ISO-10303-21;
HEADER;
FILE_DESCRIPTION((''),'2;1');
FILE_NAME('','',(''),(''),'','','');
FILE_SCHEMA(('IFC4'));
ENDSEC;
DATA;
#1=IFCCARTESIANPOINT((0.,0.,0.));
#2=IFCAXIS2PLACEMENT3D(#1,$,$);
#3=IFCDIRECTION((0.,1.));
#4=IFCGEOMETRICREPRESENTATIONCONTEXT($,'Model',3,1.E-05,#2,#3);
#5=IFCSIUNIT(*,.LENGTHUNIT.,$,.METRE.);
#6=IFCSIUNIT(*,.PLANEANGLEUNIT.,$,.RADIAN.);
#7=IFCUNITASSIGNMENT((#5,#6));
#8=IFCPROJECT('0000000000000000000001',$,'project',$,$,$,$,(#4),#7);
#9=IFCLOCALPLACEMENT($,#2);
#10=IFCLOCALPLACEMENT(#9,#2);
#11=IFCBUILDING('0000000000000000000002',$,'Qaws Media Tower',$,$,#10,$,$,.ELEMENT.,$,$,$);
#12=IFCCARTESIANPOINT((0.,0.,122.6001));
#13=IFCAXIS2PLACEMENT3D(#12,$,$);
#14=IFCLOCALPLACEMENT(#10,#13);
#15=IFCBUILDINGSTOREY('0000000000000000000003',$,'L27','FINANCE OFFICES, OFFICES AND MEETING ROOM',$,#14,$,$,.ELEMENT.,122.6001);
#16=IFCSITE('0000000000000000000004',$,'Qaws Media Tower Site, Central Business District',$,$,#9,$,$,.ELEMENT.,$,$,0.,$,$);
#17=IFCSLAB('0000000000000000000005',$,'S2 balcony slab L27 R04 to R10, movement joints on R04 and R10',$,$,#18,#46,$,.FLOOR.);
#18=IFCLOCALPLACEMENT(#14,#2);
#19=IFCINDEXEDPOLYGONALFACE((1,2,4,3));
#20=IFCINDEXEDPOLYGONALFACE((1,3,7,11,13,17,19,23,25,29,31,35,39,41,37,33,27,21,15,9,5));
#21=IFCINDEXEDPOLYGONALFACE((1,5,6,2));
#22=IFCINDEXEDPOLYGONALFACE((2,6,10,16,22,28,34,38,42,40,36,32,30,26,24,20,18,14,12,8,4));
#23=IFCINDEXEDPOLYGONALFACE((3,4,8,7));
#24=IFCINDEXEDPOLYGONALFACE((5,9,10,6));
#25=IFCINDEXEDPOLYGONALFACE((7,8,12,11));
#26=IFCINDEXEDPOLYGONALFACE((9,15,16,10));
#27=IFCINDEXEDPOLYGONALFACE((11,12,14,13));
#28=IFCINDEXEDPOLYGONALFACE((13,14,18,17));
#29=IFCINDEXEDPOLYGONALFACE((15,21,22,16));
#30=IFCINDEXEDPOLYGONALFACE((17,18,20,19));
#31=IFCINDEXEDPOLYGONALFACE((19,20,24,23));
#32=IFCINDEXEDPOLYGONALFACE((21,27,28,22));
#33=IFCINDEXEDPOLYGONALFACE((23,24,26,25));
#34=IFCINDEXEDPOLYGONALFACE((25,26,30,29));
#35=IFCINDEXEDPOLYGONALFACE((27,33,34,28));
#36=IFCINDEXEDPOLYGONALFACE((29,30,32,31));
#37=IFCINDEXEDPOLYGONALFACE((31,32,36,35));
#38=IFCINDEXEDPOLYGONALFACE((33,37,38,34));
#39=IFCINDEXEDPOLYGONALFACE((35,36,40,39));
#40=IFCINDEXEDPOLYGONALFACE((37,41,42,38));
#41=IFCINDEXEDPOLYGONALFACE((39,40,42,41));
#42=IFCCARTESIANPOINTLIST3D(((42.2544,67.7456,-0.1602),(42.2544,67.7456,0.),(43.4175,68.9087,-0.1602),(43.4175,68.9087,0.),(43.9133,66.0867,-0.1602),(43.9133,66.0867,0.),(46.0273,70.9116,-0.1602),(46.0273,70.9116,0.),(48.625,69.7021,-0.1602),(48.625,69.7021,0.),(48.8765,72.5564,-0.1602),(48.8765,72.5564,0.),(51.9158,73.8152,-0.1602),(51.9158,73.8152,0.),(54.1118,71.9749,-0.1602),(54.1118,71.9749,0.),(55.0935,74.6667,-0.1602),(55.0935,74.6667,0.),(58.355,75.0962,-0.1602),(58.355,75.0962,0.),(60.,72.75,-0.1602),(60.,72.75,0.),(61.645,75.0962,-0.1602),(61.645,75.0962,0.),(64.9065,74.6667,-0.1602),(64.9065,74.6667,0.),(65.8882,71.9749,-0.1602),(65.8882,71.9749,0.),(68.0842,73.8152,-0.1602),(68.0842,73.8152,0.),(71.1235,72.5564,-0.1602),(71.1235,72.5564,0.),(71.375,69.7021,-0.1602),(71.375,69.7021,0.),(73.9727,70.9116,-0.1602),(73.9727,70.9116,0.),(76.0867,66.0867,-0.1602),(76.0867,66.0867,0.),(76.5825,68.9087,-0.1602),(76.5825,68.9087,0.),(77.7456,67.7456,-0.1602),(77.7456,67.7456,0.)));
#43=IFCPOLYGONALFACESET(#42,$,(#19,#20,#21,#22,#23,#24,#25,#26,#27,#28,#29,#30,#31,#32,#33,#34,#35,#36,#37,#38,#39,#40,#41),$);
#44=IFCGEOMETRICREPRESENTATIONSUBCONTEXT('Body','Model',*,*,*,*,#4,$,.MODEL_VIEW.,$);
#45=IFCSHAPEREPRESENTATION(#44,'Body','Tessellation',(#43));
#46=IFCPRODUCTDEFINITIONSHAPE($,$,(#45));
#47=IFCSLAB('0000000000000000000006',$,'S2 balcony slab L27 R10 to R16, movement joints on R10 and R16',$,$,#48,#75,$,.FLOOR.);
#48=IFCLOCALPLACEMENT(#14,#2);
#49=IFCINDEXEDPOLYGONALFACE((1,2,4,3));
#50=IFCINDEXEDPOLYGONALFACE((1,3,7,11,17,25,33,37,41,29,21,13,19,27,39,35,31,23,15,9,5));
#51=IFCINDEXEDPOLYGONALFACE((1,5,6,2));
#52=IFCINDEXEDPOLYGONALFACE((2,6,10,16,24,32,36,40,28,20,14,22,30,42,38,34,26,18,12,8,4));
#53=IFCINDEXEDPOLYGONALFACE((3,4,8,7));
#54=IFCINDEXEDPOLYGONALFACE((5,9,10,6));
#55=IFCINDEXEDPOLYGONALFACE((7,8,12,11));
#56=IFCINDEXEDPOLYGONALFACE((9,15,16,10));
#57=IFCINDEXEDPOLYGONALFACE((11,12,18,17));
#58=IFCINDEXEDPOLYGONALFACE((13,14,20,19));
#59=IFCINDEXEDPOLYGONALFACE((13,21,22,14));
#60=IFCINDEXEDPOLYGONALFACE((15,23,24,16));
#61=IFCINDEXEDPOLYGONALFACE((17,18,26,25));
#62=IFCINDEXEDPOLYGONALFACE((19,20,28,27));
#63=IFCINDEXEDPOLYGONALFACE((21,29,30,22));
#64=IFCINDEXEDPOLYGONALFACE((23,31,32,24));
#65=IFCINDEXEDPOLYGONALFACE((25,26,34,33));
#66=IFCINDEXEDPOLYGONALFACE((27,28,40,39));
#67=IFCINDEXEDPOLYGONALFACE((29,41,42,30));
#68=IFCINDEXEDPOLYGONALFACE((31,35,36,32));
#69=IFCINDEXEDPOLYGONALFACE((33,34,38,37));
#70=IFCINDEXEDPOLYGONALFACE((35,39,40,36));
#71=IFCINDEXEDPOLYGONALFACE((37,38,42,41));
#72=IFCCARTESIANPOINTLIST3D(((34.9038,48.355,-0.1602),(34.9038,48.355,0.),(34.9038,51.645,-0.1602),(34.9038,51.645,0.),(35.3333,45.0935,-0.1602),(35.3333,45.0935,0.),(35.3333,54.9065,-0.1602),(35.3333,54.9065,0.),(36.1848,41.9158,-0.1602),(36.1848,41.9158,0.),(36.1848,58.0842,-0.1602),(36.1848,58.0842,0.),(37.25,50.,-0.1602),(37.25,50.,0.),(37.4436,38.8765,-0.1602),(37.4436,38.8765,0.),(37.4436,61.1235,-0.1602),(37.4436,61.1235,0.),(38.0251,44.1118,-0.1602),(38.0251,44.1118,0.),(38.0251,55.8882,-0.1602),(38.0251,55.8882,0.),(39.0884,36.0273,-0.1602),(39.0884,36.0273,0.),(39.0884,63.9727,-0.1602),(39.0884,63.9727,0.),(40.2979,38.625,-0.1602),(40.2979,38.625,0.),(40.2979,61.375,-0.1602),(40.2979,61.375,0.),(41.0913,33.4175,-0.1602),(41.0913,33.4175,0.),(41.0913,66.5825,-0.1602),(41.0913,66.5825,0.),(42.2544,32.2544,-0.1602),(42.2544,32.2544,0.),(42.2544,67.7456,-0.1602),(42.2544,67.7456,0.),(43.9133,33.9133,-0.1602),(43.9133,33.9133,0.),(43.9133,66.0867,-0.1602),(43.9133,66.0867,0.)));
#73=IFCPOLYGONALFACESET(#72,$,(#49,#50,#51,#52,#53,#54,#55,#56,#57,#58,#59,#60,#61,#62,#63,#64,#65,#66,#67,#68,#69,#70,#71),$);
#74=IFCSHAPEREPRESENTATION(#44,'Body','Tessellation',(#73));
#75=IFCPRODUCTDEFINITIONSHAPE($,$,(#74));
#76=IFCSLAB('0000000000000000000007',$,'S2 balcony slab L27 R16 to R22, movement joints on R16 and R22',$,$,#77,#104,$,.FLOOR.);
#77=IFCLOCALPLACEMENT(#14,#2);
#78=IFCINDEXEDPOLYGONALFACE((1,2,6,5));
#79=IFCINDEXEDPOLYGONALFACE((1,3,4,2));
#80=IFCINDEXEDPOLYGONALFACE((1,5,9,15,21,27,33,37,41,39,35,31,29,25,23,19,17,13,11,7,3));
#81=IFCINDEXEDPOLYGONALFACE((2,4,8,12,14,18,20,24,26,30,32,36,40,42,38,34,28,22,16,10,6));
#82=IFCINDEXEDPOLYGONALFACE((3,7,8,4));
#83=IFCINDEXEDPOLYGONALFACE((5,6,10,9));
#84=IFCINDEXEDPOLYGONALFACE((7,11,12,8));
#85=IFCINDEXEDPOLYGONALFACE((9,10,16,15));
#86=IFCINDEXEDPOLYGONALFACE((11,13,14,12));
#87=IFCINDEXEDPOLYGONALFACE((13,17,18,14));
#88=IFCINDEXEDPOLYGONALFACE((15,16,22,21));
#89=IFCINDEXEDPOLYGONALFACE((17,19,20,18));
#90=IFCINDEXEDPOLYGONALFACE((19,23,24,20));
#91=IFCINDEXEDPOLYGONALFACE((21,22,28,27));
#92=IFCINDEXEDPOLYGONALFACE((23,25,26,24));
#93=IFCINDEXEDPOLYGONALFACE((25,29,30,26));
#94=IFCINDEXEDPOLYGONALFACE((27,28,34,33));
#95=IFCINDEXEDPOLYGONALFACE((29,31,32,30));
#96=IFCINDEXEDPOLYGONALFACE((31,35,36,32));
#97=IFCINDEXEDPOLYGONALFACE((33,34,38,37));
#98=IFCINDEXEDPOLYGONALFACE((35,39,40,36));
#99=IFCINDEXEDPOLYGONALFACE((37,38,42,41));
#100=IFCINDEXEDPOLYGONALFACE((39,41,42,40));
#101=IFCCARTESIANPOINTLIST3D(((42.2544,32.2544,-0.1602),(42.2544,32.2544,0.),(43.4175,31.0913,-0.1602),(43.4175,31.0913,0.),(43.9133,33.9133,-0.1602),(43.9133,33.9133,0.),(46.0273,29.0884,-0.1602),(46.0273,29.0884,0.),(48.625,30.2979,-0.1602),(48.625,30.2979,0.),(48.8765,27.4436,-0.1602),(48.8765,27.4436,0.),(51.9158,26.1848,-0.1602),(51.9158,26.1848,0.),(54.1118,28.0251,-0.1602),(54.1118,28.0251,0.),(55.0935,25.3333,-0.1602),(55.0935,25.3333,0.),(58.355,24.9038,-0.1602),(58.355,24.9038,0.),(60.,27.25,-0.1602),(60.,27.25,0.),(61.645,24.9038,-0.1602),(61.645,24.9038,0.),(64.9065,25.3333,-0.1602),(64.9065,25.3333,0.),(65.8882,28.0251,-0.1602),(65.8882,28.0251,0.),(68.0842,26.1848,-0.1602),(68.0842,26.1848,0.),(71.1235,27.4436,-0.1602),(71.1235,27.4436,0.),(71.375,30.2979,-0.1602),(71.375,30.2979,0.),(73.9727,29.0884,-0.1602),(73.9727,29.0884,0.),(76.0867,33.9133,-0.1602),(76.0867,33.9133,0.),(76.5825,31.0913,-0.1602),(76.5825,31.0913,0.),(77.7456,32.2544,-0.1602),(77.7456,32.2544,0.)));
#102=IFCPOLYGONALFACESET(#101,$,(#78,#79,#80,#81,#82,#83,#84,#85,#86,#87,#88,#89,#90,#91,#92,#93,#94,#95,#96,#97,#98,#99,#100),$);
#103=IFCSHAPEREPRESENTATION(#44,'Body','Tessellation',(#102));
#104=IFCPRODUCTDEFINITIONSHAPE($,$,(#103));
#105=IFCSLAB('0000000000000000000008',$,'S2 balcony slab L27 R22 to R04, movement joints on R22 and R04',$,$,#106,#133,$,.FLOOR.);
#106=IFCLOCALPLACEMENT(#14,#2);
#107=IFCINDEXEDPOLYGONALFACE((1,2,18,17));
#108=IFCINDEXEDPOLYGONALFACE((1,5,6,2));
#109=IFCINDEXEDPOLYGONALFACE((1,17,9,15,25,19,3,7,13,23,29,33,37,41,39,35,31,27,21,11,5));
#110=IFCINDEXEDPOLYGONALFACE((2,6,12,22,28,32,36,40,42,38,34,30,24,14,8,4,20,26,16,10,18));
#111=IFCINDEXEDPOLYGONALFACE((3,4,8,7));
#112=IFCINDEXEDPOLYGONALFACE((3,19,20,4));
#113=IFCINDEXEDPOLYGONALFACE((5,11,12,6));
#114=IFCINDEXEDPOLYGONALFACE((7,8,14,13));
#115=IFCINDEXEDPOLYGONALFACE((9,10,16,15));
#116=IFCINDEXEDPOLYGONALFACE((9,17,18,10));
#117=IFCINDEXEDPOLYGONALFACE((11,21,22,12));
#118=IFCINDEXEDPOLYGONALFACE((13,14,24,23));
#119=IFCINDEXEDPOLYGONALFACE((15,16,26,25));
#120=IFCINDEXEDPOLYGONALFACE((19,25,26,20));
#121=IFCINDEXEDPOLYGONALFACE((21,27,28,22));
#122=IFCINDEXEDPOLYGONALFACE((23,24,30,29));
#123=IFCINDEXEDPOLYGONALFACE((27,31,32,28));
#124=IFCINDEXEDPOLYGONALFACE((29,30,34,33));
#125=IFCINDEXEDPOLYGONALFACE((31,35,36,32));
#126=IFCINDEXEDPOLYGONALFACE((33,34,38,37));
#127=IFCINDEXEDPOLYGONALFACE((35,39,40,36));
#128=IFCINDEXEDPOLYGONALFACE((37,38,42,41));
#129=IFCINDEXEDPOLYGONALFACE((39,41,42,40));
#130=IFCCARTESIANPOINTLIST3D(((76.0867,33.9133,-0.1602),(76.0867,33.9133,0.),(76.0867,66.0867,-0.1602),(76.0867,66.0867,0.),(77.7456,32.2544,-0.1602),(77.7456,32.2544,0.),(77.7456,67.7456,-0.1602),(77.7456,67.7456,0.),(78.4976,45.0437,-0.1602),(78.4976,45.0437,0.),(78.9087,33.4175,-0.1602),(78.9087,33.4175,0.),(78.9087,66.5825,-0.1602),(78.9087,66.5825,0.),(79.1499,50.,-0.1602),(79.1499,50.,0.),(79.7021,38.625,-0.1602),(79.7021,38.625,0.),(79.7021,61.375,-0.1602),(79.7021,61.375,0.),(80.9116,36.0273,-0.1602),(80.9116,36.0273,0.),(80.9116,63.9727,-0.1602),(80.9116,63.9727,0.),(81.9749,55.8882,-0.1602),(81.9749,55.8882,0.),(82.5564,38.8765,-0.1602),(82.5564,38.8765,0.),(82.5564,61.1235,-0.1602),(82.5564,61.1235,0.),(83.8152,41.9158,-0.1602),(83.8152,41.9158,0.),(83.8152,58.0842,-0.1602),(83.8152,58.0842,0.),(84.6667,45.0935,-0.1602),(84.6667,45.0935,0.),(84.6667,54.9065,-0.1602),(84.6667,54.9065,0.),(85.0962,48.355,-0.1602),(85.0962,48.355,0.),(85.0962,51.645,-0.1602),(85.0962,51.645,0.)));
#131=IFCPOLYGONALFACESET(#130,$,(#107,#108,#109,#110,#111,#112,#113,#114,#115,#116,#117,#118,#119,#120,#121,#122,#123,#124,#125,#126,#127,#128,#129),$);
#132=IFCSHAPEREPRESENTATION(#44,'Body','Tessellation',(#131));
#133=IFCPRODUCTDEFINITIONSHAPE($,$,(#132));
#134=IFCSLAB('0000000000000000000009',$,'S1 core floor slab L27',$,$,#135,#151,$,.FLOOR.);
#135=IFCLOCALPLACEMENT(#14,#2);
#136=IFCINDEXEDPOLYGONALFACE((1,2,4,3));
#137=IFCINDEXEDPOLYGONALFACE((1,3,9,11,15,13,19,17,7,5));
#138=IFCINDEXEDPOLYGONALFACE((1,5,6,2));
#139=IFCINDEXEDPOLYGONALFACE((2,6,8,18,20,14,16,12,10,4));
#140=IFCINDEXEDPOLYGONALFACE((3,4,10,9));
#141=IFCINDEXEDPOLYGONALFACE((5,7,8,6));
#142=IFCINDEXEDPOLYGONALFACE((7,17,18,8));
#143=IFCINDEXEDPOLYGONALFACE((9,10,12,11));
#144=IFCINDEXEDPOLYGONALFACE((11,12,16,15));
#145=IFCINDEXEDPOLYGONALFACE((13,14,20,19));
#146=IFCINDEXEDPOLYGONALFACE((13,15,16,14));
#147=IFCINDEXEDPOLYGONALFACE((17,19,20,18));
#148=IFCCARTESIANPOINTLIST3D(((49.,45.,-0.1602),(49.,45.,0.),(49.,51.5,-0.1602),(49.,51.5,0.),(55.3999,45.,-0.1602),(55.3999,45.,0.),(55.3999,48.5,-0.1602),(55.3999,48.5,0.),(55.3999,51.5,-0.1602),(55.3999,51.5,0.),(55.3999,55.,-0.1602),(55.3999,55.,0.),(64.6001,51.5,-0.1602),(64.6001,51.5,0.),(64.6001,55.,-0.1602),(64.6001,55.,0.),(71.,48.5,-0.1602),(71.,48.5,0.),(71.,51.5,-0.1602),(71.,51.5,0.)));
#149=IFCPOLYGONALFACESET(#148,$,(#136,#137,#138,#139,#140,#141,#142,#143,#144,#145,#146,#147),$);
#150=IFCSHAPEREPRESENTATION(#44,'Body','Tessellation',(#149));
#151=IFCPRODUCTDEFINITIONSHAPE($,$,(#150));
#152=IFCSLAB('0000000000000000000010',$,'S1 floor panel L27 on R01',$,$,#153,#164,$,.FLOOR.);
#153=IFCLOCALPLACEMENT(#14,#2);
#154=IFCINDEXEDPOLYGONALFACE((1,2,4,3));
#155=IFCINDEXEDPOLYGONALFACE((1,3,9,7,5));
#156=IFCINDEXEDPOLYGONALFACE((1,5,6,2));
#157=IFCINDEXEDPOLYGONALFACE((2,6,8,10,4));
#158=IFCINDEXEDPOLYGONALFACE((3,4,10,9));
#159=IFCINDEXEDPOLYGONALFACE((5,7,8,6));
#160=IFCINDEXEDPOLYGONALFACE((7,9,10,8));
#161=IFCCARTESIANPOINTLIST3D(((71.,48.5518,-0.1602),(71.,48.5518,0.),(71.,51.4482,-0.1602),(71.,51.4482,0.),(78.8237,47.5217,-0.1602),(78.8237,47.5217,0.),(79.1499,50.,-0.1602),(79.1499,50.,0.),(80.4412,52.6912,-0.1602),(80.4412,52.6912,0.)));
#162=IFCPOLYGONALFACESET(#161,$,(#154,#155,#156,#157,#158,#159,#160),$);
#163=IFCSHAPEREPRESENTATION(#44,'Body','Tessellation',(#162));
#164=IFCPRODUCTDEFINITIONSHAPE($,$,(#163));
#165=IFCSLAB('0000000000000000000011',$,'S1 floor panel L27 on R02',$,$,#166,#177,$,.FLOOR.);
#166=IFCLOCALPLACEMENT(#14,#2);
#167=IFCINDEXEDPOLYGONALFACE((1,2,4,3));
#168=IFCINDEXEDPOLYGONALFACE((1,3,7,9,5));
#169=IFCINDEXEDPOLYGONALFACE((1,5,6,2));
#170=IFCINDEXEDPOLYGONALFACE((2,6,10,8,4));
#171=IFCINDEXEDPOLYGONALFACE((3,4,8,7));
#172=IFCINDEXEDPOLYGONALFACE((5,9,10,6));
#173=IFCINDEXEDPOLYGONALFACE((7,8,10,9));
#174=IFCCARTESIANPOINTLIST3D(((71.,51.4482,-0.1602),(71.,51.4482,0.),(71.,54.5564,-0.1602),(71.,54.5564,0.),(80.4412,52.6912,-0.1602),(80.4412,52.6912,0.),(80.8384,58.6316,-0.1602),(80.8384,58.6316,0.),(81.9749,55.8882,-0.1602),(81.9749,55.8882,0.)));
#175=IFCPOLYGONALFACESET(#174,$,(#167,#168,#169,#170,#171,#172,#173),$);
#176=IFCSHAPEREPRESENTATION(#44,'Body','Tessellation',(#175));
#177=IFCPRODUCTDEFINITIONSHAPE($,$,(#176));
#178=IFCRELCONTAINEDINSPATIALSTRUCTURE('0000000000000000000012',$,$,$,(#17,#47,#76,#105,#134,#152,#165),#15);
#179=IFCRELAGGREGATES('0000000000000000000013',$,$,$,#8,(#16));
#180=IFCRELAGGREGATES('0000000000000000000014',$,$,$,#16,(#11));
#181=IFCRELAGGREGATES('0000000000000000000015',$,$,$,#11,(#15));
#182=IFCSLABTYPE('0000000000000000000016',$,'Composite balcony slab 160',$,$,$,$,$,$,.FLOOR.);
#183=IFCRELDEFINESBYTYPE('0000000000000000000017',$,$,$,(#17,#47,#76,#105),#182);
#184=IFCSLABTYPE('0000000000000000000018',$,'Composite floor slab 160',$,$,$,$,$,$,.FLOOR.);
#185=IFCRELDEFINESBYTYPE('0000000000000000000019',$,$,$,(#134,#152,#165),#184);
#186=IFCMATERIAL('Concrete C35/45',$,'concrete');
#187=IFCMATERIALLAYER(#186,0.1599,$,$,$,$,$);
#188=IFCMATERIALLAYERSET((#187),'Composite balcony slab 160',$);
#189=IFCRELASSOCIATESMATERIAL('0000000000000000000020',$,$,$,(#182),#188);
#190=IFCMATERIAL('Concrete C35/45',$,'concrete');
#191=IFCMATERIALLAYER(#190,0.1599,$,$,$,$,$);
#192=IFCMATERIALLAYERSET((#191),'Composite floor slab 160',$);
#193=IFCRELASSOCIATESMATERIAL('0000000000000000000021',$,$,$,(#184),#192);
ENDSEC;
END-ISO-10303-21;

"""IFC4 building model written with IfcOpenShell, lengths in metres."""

from ifc_helpers import new_model, si_unit, direction, frame, origin, place, context, subcontext, project, spatial, polyline, outline, extrude, material, layer, layer_set, type_object, element, save


model = new_model("IFC4")

# Units and contexts
model_context = context("Model", 3, precision=1e-05, world=origin(), true_north=direction((0.0, 1.0)))
body_context = subcontext(model_context, "Body", "Model", "MODEL_VIEW")
ifc_project = project(units=[si_unit("LENGTHUNIT", "METRE"), si_unit("PLANEANGLEUNIT", "RADIAN")], contexts=[model_context])

# Site, building, storey
site_placement = place(None, origin())
site = spatial("IfcSite", under=ifc_project, at=site_placement, Name="Qaws Media Tower Site, Central Business District", CompositionType="ELEMENT", RefElevation=0.0)
building_placement = place(site_placement, origin())
building = spatial("IfcBuilding", under=site, at=building_placement, Name="Qaws Media Tower", CompositionType="ELEMENT")
storey_placement = place(building_placement, frame((0.0, 0.0, 122.6001)))
storey = spatial("IfcBuildingStorey", under=building, at=storey_placement, Name="L27", Description="FINANCE OFFICES, OFFICES AND MEETING ROOM", CompositionType="ELEMENT", Elevation=122.6001)

# Slabs
ifc_material_1 = material(Name="Concrete C35/45", Category="concrete")
ifc_layer_1 = layer(ifc_material_1, 0.1599)
ifc_layer_set_1 = layer_set([ifc_layer_1], Name="Composite balcony slab 160")
slab_type_1 = type_object("IfcSlabType", Name="Composite balcony slab 160", PredefinedType="FLOOR", material=ifc_layer_set_1)
slab_1_placement = place(storey_placement, frame((0.0, 0.0, -0.1602)))
element("IfcSlab", 1, at=slab_1_placement, inside=storey, type_object=slab_type_1, Name="S2 balcony slab L27 R04 to R10, movement joints on R04 and R10", PredefinedType="FLOOR", context=body_context, shape_type="SweptSolid", body=[
    extrude(outline(polyline([(43.4175, 68.9087), (46.0273, 70.9116), (48.8765, 72.5564), (51.9158, 73.8152), (55.0935, 74.6667), (58.355, 75.0962), (61.645, 75.0962), (64.9065, 74.6667), (68.0842, 73.8152), (71.1235, 72.5564), (73.9727, 70.9116), (76.5825, 68.9087), (77.7456, 67.7456), (76.0867, 66.0867), (71.375, 69.7021), (65.8882, 71.9749), (60.0, 72.75), (54.1118, 71.9749), (48.625, 69.7021), (43.9133, 66.0867), (42.2544, 67.7456), (43.4175, 68.9087)])), origin(), (0.0, 0.0, 1.0), 0.1602),
])
slab_2_placement = place(storey_placement, frame((0.0, 0.0, -0.1602)))
element("IfcSlab", 2, at=slab_2_placement, inside=storey, type_object=slab_type_1, Name="S2 balcony slab L27 R10 to R16, movement joints on R10 and R16", PredefinedType="FLOOR", context=body_context, shape_type="SweptSolid", body=[
    extrude(outline(polyline([(41.0913, 33.4175), (39.0884, 36.0273), (37.4436, 38.8765), (36.1848, 41.9158), (35.3333, 45.0935), (34.9038, 48.355), (34.9038, 51.645), (35.3333, 54.9065), (36.1848, 58.0842), (37.4436, 61.1235), (39.0884, 63.9727), (41.0913, 66.5825), (42.2544, 67.7456), (43.9133, 66.0867), (40.2979, 61.375), (38.0251, 55.8882), (37.25, 50.0), (38.0251, 44.1118), (40.2979, 38.625), (43.9133, 33.9133), (42.2544, 32.2544), (41.0913, 33.4175)])), origin(), (0.0, 0.0, 1.0), 0.1602),
])
slab_3_placement = place(storey_placement, frame((0.0, 0.0, -0.1602)))
element("IfcSlab", 3, at=slab_3_placement, inside=storey, type_object=slab_type_1, Name="S2 balcony slab L27 R16 to R22, movement joints on R16 and R22", PredefinedType="FLOOR", context=body_context, shape_type="SweptSolid", body=[
    extrude(outline(polyline([(76.5825, 31.0913), (73.9727, 29.0884), (71.1235, 27.4436), (68.0842, 26.1848), (64.9065, 25.3333), (61.645, 24.9038), (58.355, 24.9038), (55.0935, 25.3333), (51.9158, 26.1848), (48.8765, 27.4436), (46.0273, 29.0884), (43.4175, 31.0913), (42.2544, 32.2544), (43.9133, 33.9133), (48.625, 30.2979), (54.1118, 28.0251), (60.0, 27.25), (65.8882, 28.0251), (71.375, 30.2979), (76.0867, 33.9133), (77.7456, 32.2544), (76.5825, 31.0913)])), origin(), (0.0, 0.0, 1.0), 0.1602),
])
slab_4_placement = place(storey_placement, frame((0.0, 0.0, -0.1602)))
element("IfcSlab", 4, at=slab_4_placement, inside=storey, type_object=slab_type_1, Name="S2 balcony slab L27 R22 to R04, movement joints on R22 and R04", PredefinedType="FLOOR", context=body_context, shape_type="SweptSolid", body=[
    extrude(outline(polyline([(84.6667, 45.0935), (83.8152, 41.9158), (82.5564, 38.8765), (80.9116, 36.0273), (78.9087, 33.4175), (77.7456, 32.2544), (76.0867, 33.9133), (79.7021, 38.625), (78.4976, 45.0437), (79.1499, 50.0), (81.9749, 55.8882), (79.7021, 61.375), (76.0867, 66.0867), (77.7456, 67.7456), (78.9087, 66.5825), (80.9116, 63.9727), (82.5564, 61.1235), (83.8152, 58.0842), (84.6667, 54.9065), (85.0962, 51.645), (85.0962, 48.355), (84.6667, 45.0935)])), origin(), (0.0, 0.0, 1.0), 0.1602),
])
ifc_material_2 = material(Name="Concrete C35/45", Category="concrete")
ifc_layer_2 = layer(ifc_material_2, 0.1599)
ifc_layer_set_2 = layer_set([ifc_layer_2], Name="Composite floor slab 160")
slab_type_2 = type_object("IfcSlabType", Name="Composite floor slab 160", PredefinedType="FLOOR", material=ifc_layer_set_2)
slab_5_placement = place(storey_placement, frame((0.0, 0.0, -0.1602)))
element("IfcSlab", 5, at=slab_5_placement, inside=storey, type_object=slab_type_2, Name="S1 core floor slab L27", PredefinedType="FLOOR", context=body_context, shape_type="SweptSolid", body=[
    extrude(outline(polyline([(71.0, 51.5), (71.0, 48.5), (55.3999, 48.5), (55.3999, 45.0), (49.0, 45.0), (49.0, 51.5), (55.3999, 51.5), (55.3999, 55.0), (64.6001, 55.0), (64.6001, 51.5), (71.0, 51.5)])), origin(), (0.0, 0.0, 1.0), 0.1602),
])
slab_6_placement = place(storey_placement, frame((0.0, 0.0, -0.1602)))
element("IfcSlab", 6, at=slab_6_placement, inside=storey, type_object=slab_type_2, Name="S1 floor panel L27 on R01", PredefinedType="FLOOR", context=body_context, shape_type="SweptSolid", body=[
    extrude(outline(polyline([(79.1499, 50.0), (78.8237, 47.5217), (71.0, 48.5518), (71.0, 51.4482), (80.4412, 52.6912), (79.1499, 50.0)])), origin(), (0.0, 0.0, 1.0), 0.1602),
])
slab_7_placement = place(storey_placement, frame((0.0, 0.0, -0.1602)))
element("IfcSlab", 7, at=slab_7_placement, inside=storey, type_object=slab_type_2, Name="S1 floor panel L27 on R02", PredefinedType="FLOOR", context=body_context, shape_type="SweptSolid", body=[
    extrude(outline(polyline([(81.9749, 55.8882), (80.4412, 52.6912), (71.0, 51.4482), (71.0, 54.5564), (80.8384, 58.6316), (81.9749, 55.8882)])), origin(), (0.0, 0.0, 1.0), 0.1602),
])

save(model, "model.ifc")
